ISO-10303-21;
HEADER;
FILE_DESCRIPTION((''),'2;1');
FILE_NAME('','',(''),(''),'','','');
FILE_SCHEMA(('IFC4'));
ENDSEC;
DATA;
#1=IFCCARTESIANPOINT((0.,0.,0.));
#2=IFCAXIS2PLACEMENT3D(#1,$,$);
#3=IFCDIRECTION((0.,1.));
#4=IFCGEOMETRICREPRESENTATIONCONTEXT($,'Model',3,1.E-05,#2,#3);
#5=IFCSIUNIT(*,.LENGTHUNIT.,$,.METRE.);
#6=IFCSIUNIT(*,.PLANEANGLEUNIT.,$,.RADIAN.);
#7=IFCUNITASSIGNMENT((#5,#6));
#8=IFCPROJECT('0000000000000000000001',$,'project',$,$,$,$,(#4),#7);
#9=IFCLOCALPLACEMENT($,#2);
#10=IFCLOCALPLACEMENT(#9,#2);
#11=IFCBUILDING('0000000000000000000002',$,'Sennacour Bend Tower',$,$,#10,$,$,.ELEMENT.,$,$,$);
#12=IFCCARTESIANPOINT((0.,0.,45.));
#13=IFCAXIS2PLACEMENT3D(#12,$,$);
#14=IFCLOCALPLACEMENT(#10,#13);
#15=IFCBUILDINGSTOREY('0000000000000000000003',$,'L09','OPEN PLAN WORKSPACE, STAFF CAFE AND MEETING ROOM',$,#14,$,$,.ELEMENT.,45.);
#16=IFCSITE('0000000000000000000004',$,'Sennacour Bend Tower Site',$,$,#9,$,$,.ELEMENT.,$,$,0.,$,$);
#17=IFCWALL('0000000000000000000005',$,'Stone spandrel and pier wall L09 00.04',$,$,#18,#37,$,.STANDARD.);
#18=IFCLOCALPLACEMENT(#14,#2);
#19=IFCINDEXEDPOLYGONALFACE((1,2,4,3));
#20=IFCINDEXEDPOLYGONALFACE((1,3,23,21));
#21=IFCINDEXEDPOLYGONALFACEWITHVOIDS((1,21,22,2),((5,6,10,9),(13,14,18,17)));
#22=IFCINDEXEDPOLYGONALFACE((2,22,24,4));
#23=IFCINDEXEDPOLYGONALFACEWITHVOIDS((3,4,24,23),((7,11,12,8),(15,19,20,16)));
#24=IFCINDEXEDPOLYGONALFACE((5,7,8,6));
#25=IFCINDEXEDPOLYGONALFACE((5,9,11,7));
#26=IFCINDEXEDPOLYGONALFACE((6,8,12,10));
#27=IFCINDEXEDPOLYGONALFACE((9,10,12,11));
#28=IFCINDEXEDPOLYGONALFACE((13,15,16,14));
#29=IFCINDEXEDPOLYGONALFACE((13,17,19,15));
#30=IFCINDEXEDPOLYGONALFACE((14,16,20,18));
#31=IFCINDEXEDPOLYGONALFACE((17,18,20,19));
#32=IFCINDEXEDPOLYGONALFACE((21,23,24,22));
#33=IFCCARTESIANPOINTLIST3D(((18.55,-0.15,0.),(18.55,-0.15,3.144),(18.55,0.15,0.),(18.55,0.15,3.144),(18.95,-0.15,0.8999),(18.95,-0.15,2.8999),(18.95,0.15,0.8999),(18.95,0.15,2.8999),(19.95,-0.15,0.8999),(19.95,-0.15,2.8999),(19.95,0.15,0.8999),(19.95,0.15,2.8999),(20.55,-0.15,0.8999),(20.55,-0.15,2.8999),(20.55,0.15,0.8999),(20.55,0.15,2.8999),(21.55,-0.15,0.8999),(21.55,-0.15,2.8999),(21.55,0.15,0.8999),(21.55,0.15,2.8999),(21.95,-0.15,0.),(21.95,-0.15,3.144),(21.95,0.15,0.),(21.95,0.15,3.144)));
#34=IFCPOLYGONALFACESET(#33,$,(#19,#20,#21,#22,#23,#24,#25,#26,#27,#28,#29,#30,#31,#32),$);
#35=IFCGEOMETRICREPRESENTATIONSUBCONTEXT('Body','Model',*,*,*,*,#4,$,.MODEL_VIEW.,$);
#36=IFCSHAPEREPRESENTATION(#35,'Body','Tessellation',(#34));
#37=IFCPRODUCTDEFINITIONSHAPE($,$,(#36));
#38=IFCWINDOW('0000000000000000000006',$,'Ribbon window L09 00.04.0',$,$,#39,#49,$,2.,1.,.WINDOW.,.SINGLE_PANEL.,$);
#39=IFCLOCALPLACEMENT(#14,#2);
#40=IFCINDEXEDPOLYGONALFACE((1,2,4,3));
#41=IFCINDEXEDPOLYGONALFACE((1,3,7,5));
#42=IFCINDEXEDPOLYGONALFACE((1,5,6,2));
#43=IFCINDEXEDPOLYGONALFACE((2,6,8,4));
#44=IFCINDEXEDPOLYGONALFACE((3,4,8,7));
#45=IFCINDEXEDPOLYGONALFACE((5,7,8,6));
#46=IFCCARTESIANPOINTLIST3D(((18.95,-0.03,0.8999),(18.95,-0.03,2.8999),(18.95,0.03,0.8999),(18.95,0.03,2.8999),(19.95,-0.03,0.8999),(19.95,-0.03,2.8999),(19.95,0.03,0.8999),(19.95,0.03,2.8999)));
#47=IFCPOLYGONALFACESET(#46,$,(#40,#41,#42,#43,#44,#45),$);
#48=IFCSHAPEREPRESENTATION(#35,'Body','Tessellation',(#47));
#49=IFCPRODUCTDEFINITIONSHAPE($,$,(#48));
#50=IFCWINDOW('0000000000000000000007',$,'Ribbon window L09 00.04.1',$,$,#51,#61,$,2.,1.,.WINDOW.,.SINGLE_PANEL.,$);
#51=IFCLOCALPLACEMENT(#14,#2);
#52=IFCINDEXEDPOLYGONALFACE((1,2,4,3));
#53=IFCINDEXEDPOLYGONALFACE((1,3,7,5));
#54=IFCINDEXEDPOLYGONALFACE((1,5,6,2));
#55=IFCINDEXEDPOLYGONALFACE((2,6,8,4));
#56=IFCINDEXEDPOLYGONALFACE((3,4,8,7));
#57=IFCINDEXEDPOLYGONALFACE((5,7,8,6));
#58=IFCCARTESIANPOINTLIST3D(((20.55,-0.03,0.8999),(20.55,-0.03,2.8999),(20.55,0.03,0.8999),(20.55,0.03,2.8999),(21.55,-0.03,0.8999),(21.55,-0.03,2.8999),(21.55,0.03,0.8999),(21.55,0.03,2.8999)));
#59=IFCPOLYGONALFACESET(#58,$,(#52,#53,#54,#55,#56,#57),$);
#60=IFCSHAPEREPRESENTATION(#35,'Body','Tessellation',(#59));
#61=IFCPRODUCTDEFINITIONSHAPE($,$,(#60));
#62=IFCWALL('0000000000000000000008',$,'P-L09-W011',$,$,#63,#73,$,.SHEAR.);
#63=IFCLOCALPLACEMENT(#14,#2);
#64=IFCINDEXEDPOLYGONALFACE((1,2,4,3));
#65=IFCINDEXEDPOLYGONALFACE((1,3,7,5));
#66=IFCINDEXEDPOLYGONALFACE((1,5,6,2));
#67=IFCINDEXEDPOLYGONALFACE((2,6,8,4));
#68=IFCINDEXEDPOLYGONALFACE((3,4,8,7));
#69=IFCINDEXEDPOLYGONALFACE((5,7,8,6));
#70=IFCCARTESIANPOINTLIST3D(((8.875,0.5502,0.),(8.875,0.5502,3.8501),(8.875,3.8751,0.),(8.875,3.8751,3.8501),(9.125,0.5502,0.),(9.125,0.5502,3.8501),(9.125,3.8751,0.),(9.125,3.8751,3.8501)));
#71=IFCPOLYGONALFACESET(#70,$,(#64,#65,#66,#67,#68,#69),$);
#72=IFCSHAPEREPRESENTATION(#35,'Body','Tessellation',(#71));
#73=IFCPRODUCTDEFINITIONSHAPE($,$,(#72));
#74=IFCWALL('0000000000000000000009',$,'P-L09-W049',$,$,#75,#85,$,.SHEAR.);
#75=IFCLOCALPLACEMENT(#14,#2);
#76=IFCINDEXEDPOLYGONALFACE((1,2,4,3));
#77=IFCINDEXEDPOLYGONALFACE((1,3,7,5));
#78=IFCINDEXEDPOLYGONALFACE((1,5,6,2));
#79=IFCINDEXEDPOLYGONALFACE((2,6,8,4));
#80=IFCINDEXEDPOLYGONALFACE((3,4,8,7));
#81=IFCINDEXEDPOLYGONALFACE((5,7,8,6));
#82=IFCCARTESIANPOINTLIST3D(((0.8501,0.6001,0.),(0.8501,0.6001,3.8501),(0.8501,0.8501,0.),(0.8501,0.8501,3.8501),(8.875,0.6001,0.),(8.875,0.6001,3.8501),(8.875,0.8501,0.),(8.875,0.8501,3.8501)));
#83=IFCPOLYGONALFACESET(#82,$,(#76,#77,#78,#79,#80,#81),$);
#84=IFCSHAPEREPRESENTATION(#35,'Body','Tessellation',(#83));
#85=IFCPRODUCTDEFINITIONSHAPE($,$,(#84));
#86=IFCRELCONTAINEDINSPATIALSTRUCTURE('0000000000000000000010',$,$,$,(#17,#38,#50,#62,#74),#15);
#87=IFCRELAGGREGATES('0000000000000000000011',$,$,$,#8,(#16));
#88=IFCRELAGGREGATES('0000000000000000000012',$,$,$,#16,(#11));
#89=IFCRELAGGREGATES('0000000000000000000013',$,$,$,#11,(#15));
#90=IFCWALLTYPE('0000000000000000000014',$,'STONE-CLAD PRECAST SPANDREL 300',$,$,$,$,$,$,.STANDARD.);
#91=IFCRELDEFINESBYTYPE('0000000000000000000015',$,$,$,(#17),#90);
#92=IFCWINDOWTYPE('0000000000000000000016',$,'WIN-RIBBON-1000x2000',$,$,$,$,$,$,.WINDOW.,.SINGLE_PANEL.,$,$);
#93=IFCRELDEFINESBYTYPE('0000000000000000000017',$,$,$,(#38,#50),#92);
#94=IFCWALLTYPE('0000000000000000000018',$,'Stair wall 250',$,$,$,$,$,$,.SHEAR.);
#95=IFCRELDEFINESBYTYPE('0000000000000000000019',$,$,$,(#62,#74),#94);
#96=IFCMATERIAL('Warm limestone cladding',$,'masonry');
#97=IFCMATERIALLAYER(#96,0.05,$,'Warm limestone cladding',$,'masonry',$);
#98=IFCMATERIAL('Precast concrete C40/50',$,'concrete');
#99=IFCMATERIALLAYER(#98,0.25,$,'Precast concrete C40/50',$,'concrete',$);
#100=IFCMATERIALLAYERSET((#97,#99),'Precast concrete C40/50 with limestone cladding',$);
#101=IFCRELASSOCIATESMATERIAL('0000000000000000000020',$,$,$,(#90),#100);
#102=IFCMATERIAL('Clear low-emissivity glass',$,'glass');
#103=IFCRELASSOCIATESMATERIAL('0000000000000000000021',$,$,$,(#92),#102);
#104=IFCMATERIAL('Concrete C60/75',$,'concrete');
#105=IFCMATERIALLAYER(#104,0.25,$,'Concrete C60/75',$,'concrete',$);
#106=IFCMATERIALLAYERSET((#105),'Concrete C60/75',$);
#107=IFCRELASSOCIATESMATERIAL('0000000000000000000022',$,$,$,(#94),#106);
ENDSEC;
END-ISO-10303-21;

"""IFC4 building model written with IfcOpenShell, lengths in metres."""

from ifc_helpers import new_model, si_unit, direction, frame, frame_2d, origin, place, context, subcontext, project, spatial, rectangle, extrude, material, layer, layer_set, type_object, element, fill, save


model = new_model("IFC4")

# Units and contexts
model_context = context("Model", 3, precision=1e-05, world=origin(), true_north=direction((0.0, 1.0)))
body_context = subcontext(model_context, "Body", "Model", "MODEL_VIEW")
ifc_project = project(units=[si_unit("LENGTHUNIT", "METRE"), si_unit("PLANEANGLEUNIT", "RADIAN")], contexts=[model_context])

# Site, building, storey
site_placement = place(None, origin())
site = spatial("IfcSite", under=ifc_project, at=site_placement, Name="Sennacour Bend Tower Site", CompositionType="ELEMENT", RefElevation=0.0)
building_placement = place(site_placement, origin())
building = spatial("IfcBuilding", under=site, at=building_placement, Name="Sennacour Bend Tower", CompositionType="ELEMENT")
storey_placement = place(building_placement, frame((0.0, 0.0, 45.0)))
storey = spatial("IfcBuildingStorey", under=building, at=storey_placement, Name="L09", Description="OPEN PLAN WORKSPACE, STAFF CAFE AND MEETING ROOM", CompositionType="ELEMENT", Elevation=45.0)

# Wall, openings, windows
ifc_material_1 = material(Name="Warm limestone cladding", Category="masonry")
ifc_layer_1 = layer(ifc_material_1, 0.05, Name="Warm limestone cladding", Category="masonry")
ifc_material_2 = material(Name="Precast concrete C40/50", Category="concrete")
ifc_layer_2 = layer(ifc_material_2, 0.25, Name="Precast concrete C40/50", Category="concrete")
ifc_layer_set_1 = layer_set([ifc_layer_1, ifc_layer_2], Name="Precast concrete C40/50 with limestone cladding")
wall_type_1 = type_object("IfcWallType", Name="STONE-CLAD PRECAST SPANDREL 300", PredefinedType="STANDARD", material=ifc_layer_set_1)
ifc_material_3 = material(Name="Clear low-emissivity glass", Category="glass")
window_type = type_object("IfcWindowType", Name="WIN-RIBBON-1000x2000", PartitioningType="SINGLE_PANEL", PredefinedType="WINDOW", material=ifc_material_3)
wall_1_placement = place(storey_placement, frame((18.55, 0.0, 0.0), z_axis=(0.0, 0.0, 1.0), x_axis=(1.0, 0.0, 0.0)))
wall_1 = element("IfcWall", 1, at=wall_1_placement, inside=storey, type_object=wall_type_1, Name="Stone spandrel and pier wall L09 00.04", PredefinedType="STANDARD", context=body_context, shape_type="SweptSolid", body=[
    extrude(rectangle(XDim=3.3999, YDim=0.3, at=frame_2d((1.7, 0.0))), origin(), (0.0, 0.0, 1.0), 3.144),
])
opening_1_placement = place(wall_1_placement, frame((0.3999, 0.0, 0.8999)))
opening_1 = element("IfcOpeningElement", 2, at=opening_1_placement, cuts=wall_1, PredefinedType="OPENING", context=body_context, shape_type="SweptSolid", body=[
    extrude(rectangle(XDim=1.0, YDim=2.0, at=frame_2d((0.5, 1.0))), frame((0.0, 0.1602, 0.0), z_axis=(0.0, -1.0, 0.0), x_axis=(1.0, 0.0, 0.0)), (0.0, 0.0, 1.0), 0.3201),
])
opening_2_placement = place(wall_1_placement, frame((2.0, 0.0, 0.8999)))
opening_2 = element("IfcOpeningElement", 3, at=opening_2_placement, cuts=wall_1, PredefinedType="OPENING", context=body_context, shape_type="SweptSolid", body=[
    extrude(rectangle(XDim=1.0, YDim=2.0, at=frame_2d((0.5, 1.0))), frame((0.0, 0.1602, 0.0), z_axis=(0.0, -1.0, 0.0), x_axis=(1.0, 0.0, 0.0)), (0.0, 0.0, 1.0), 0.3201),
])
window_1_placement = place(opening_1_placement, origin())
window_1 = element("IfcWindow", 4, at=window_1_placement, inside=storey, type_object=window_type, Name="Ribbon window L09 00.04.0", OverallHeight=2.0, OverallWidth=1.0, PartitioningType="SINGLE_PANEL", PredefinedType="WINDOW", context=body_context, shape_type="SweptSolid", body=[
    extrude(rectangle(XDim=1.0, YDim=2.0, at=frame_2d((0.5, 1.0))), frame((0.0, 0.03, 0.0), z_axis=(0.0, -1.0, 0.0), x_axis=(1.0, 0.0, 0.0)), (0.0, 0.0, 1.0), 0.0601),
])
fill(opening_1, window_1)
window_2_placement = place(opening_2_placement, origin())
window_2 = element("IfcWindow", 5, at=window_2_placement, inside=storey, type_object=window_type, Name="Ribbon window L09 00.04.1", OverallHeight=2.0, OverallWidth=1.0, PartitioningType="SINGLE_PANEL", PredefinedType="WINDOW", context=body_context, shape_type="SweptSolid", body=[
    extrude(rectangle(XDim=1.0, YDim=2.0, at=frame_2d((0.5, 1.0))), frame((0.0, 0.03, 0.0), z_axis=(0.0, -1.0, 0.0), x_axis=(1.0, 0.0, 0.0)), (0.0, 0.0, 1.0), 0.0601),
])
fill(opening_2, window_2)

# Walls
ifc_material_4 = material(Name="Concrete C60/75", Category="concrete")
ifc_layer_3 = layer(ifc_material_4, 0.25, Name="Concrete C60/75", Category="concrete")
ifc_layer_set_2 = layer_set([ifc_layer_3], Name="Concrete C60/75")
wall_type_2 = type_object("IfcWallType", Name="Stair wall 250", PredefinedType="SHEAR", material=ifc_layer_set_2)
wall_2_placement = place(storey_placement, frame((9.0, 0.55, 0.0), z_axis=(0.0, 0.0, 1.0), x_axis=(0.0, 1.0, 0.0)))
element("IfcWall", 6, at=wall_2_placement, inside=storey, type_object=wall_type_2, Name="P-L09-W011", PredefinedType="SHEAR", context=body_context, shape_type="SweptSolid", body=[
    extrude(rectangle(XDim=3.325, YDim=0.25, at=frame_2d((1.6626, 0.0))), origin(), (0.0, 0.0, 1.0), 3.8501),
])
wall_3_placement = place(storey_placement, frame((0.8501, 0.7251, 0.0), z_axis=(0.0, 0.0, 1.0), x_axis=(1.0, 0.0, 0.0)))
element("IfcWall", 7, at=wall_3_placement, inside=storey, type_object=wall_type_2, Name="P-L09-W049", PredefinedType="SHEAR", context=body_context, shape_type="SweptSolid", body=[
    extrude(rectangle(XDim=8.0249, YDim=0.25, at=frame_2d((4.0125, 0.0))), origin(), (0.0, 0.0, 1.0), 3.8501),
])

save(model, "model.ifc")
